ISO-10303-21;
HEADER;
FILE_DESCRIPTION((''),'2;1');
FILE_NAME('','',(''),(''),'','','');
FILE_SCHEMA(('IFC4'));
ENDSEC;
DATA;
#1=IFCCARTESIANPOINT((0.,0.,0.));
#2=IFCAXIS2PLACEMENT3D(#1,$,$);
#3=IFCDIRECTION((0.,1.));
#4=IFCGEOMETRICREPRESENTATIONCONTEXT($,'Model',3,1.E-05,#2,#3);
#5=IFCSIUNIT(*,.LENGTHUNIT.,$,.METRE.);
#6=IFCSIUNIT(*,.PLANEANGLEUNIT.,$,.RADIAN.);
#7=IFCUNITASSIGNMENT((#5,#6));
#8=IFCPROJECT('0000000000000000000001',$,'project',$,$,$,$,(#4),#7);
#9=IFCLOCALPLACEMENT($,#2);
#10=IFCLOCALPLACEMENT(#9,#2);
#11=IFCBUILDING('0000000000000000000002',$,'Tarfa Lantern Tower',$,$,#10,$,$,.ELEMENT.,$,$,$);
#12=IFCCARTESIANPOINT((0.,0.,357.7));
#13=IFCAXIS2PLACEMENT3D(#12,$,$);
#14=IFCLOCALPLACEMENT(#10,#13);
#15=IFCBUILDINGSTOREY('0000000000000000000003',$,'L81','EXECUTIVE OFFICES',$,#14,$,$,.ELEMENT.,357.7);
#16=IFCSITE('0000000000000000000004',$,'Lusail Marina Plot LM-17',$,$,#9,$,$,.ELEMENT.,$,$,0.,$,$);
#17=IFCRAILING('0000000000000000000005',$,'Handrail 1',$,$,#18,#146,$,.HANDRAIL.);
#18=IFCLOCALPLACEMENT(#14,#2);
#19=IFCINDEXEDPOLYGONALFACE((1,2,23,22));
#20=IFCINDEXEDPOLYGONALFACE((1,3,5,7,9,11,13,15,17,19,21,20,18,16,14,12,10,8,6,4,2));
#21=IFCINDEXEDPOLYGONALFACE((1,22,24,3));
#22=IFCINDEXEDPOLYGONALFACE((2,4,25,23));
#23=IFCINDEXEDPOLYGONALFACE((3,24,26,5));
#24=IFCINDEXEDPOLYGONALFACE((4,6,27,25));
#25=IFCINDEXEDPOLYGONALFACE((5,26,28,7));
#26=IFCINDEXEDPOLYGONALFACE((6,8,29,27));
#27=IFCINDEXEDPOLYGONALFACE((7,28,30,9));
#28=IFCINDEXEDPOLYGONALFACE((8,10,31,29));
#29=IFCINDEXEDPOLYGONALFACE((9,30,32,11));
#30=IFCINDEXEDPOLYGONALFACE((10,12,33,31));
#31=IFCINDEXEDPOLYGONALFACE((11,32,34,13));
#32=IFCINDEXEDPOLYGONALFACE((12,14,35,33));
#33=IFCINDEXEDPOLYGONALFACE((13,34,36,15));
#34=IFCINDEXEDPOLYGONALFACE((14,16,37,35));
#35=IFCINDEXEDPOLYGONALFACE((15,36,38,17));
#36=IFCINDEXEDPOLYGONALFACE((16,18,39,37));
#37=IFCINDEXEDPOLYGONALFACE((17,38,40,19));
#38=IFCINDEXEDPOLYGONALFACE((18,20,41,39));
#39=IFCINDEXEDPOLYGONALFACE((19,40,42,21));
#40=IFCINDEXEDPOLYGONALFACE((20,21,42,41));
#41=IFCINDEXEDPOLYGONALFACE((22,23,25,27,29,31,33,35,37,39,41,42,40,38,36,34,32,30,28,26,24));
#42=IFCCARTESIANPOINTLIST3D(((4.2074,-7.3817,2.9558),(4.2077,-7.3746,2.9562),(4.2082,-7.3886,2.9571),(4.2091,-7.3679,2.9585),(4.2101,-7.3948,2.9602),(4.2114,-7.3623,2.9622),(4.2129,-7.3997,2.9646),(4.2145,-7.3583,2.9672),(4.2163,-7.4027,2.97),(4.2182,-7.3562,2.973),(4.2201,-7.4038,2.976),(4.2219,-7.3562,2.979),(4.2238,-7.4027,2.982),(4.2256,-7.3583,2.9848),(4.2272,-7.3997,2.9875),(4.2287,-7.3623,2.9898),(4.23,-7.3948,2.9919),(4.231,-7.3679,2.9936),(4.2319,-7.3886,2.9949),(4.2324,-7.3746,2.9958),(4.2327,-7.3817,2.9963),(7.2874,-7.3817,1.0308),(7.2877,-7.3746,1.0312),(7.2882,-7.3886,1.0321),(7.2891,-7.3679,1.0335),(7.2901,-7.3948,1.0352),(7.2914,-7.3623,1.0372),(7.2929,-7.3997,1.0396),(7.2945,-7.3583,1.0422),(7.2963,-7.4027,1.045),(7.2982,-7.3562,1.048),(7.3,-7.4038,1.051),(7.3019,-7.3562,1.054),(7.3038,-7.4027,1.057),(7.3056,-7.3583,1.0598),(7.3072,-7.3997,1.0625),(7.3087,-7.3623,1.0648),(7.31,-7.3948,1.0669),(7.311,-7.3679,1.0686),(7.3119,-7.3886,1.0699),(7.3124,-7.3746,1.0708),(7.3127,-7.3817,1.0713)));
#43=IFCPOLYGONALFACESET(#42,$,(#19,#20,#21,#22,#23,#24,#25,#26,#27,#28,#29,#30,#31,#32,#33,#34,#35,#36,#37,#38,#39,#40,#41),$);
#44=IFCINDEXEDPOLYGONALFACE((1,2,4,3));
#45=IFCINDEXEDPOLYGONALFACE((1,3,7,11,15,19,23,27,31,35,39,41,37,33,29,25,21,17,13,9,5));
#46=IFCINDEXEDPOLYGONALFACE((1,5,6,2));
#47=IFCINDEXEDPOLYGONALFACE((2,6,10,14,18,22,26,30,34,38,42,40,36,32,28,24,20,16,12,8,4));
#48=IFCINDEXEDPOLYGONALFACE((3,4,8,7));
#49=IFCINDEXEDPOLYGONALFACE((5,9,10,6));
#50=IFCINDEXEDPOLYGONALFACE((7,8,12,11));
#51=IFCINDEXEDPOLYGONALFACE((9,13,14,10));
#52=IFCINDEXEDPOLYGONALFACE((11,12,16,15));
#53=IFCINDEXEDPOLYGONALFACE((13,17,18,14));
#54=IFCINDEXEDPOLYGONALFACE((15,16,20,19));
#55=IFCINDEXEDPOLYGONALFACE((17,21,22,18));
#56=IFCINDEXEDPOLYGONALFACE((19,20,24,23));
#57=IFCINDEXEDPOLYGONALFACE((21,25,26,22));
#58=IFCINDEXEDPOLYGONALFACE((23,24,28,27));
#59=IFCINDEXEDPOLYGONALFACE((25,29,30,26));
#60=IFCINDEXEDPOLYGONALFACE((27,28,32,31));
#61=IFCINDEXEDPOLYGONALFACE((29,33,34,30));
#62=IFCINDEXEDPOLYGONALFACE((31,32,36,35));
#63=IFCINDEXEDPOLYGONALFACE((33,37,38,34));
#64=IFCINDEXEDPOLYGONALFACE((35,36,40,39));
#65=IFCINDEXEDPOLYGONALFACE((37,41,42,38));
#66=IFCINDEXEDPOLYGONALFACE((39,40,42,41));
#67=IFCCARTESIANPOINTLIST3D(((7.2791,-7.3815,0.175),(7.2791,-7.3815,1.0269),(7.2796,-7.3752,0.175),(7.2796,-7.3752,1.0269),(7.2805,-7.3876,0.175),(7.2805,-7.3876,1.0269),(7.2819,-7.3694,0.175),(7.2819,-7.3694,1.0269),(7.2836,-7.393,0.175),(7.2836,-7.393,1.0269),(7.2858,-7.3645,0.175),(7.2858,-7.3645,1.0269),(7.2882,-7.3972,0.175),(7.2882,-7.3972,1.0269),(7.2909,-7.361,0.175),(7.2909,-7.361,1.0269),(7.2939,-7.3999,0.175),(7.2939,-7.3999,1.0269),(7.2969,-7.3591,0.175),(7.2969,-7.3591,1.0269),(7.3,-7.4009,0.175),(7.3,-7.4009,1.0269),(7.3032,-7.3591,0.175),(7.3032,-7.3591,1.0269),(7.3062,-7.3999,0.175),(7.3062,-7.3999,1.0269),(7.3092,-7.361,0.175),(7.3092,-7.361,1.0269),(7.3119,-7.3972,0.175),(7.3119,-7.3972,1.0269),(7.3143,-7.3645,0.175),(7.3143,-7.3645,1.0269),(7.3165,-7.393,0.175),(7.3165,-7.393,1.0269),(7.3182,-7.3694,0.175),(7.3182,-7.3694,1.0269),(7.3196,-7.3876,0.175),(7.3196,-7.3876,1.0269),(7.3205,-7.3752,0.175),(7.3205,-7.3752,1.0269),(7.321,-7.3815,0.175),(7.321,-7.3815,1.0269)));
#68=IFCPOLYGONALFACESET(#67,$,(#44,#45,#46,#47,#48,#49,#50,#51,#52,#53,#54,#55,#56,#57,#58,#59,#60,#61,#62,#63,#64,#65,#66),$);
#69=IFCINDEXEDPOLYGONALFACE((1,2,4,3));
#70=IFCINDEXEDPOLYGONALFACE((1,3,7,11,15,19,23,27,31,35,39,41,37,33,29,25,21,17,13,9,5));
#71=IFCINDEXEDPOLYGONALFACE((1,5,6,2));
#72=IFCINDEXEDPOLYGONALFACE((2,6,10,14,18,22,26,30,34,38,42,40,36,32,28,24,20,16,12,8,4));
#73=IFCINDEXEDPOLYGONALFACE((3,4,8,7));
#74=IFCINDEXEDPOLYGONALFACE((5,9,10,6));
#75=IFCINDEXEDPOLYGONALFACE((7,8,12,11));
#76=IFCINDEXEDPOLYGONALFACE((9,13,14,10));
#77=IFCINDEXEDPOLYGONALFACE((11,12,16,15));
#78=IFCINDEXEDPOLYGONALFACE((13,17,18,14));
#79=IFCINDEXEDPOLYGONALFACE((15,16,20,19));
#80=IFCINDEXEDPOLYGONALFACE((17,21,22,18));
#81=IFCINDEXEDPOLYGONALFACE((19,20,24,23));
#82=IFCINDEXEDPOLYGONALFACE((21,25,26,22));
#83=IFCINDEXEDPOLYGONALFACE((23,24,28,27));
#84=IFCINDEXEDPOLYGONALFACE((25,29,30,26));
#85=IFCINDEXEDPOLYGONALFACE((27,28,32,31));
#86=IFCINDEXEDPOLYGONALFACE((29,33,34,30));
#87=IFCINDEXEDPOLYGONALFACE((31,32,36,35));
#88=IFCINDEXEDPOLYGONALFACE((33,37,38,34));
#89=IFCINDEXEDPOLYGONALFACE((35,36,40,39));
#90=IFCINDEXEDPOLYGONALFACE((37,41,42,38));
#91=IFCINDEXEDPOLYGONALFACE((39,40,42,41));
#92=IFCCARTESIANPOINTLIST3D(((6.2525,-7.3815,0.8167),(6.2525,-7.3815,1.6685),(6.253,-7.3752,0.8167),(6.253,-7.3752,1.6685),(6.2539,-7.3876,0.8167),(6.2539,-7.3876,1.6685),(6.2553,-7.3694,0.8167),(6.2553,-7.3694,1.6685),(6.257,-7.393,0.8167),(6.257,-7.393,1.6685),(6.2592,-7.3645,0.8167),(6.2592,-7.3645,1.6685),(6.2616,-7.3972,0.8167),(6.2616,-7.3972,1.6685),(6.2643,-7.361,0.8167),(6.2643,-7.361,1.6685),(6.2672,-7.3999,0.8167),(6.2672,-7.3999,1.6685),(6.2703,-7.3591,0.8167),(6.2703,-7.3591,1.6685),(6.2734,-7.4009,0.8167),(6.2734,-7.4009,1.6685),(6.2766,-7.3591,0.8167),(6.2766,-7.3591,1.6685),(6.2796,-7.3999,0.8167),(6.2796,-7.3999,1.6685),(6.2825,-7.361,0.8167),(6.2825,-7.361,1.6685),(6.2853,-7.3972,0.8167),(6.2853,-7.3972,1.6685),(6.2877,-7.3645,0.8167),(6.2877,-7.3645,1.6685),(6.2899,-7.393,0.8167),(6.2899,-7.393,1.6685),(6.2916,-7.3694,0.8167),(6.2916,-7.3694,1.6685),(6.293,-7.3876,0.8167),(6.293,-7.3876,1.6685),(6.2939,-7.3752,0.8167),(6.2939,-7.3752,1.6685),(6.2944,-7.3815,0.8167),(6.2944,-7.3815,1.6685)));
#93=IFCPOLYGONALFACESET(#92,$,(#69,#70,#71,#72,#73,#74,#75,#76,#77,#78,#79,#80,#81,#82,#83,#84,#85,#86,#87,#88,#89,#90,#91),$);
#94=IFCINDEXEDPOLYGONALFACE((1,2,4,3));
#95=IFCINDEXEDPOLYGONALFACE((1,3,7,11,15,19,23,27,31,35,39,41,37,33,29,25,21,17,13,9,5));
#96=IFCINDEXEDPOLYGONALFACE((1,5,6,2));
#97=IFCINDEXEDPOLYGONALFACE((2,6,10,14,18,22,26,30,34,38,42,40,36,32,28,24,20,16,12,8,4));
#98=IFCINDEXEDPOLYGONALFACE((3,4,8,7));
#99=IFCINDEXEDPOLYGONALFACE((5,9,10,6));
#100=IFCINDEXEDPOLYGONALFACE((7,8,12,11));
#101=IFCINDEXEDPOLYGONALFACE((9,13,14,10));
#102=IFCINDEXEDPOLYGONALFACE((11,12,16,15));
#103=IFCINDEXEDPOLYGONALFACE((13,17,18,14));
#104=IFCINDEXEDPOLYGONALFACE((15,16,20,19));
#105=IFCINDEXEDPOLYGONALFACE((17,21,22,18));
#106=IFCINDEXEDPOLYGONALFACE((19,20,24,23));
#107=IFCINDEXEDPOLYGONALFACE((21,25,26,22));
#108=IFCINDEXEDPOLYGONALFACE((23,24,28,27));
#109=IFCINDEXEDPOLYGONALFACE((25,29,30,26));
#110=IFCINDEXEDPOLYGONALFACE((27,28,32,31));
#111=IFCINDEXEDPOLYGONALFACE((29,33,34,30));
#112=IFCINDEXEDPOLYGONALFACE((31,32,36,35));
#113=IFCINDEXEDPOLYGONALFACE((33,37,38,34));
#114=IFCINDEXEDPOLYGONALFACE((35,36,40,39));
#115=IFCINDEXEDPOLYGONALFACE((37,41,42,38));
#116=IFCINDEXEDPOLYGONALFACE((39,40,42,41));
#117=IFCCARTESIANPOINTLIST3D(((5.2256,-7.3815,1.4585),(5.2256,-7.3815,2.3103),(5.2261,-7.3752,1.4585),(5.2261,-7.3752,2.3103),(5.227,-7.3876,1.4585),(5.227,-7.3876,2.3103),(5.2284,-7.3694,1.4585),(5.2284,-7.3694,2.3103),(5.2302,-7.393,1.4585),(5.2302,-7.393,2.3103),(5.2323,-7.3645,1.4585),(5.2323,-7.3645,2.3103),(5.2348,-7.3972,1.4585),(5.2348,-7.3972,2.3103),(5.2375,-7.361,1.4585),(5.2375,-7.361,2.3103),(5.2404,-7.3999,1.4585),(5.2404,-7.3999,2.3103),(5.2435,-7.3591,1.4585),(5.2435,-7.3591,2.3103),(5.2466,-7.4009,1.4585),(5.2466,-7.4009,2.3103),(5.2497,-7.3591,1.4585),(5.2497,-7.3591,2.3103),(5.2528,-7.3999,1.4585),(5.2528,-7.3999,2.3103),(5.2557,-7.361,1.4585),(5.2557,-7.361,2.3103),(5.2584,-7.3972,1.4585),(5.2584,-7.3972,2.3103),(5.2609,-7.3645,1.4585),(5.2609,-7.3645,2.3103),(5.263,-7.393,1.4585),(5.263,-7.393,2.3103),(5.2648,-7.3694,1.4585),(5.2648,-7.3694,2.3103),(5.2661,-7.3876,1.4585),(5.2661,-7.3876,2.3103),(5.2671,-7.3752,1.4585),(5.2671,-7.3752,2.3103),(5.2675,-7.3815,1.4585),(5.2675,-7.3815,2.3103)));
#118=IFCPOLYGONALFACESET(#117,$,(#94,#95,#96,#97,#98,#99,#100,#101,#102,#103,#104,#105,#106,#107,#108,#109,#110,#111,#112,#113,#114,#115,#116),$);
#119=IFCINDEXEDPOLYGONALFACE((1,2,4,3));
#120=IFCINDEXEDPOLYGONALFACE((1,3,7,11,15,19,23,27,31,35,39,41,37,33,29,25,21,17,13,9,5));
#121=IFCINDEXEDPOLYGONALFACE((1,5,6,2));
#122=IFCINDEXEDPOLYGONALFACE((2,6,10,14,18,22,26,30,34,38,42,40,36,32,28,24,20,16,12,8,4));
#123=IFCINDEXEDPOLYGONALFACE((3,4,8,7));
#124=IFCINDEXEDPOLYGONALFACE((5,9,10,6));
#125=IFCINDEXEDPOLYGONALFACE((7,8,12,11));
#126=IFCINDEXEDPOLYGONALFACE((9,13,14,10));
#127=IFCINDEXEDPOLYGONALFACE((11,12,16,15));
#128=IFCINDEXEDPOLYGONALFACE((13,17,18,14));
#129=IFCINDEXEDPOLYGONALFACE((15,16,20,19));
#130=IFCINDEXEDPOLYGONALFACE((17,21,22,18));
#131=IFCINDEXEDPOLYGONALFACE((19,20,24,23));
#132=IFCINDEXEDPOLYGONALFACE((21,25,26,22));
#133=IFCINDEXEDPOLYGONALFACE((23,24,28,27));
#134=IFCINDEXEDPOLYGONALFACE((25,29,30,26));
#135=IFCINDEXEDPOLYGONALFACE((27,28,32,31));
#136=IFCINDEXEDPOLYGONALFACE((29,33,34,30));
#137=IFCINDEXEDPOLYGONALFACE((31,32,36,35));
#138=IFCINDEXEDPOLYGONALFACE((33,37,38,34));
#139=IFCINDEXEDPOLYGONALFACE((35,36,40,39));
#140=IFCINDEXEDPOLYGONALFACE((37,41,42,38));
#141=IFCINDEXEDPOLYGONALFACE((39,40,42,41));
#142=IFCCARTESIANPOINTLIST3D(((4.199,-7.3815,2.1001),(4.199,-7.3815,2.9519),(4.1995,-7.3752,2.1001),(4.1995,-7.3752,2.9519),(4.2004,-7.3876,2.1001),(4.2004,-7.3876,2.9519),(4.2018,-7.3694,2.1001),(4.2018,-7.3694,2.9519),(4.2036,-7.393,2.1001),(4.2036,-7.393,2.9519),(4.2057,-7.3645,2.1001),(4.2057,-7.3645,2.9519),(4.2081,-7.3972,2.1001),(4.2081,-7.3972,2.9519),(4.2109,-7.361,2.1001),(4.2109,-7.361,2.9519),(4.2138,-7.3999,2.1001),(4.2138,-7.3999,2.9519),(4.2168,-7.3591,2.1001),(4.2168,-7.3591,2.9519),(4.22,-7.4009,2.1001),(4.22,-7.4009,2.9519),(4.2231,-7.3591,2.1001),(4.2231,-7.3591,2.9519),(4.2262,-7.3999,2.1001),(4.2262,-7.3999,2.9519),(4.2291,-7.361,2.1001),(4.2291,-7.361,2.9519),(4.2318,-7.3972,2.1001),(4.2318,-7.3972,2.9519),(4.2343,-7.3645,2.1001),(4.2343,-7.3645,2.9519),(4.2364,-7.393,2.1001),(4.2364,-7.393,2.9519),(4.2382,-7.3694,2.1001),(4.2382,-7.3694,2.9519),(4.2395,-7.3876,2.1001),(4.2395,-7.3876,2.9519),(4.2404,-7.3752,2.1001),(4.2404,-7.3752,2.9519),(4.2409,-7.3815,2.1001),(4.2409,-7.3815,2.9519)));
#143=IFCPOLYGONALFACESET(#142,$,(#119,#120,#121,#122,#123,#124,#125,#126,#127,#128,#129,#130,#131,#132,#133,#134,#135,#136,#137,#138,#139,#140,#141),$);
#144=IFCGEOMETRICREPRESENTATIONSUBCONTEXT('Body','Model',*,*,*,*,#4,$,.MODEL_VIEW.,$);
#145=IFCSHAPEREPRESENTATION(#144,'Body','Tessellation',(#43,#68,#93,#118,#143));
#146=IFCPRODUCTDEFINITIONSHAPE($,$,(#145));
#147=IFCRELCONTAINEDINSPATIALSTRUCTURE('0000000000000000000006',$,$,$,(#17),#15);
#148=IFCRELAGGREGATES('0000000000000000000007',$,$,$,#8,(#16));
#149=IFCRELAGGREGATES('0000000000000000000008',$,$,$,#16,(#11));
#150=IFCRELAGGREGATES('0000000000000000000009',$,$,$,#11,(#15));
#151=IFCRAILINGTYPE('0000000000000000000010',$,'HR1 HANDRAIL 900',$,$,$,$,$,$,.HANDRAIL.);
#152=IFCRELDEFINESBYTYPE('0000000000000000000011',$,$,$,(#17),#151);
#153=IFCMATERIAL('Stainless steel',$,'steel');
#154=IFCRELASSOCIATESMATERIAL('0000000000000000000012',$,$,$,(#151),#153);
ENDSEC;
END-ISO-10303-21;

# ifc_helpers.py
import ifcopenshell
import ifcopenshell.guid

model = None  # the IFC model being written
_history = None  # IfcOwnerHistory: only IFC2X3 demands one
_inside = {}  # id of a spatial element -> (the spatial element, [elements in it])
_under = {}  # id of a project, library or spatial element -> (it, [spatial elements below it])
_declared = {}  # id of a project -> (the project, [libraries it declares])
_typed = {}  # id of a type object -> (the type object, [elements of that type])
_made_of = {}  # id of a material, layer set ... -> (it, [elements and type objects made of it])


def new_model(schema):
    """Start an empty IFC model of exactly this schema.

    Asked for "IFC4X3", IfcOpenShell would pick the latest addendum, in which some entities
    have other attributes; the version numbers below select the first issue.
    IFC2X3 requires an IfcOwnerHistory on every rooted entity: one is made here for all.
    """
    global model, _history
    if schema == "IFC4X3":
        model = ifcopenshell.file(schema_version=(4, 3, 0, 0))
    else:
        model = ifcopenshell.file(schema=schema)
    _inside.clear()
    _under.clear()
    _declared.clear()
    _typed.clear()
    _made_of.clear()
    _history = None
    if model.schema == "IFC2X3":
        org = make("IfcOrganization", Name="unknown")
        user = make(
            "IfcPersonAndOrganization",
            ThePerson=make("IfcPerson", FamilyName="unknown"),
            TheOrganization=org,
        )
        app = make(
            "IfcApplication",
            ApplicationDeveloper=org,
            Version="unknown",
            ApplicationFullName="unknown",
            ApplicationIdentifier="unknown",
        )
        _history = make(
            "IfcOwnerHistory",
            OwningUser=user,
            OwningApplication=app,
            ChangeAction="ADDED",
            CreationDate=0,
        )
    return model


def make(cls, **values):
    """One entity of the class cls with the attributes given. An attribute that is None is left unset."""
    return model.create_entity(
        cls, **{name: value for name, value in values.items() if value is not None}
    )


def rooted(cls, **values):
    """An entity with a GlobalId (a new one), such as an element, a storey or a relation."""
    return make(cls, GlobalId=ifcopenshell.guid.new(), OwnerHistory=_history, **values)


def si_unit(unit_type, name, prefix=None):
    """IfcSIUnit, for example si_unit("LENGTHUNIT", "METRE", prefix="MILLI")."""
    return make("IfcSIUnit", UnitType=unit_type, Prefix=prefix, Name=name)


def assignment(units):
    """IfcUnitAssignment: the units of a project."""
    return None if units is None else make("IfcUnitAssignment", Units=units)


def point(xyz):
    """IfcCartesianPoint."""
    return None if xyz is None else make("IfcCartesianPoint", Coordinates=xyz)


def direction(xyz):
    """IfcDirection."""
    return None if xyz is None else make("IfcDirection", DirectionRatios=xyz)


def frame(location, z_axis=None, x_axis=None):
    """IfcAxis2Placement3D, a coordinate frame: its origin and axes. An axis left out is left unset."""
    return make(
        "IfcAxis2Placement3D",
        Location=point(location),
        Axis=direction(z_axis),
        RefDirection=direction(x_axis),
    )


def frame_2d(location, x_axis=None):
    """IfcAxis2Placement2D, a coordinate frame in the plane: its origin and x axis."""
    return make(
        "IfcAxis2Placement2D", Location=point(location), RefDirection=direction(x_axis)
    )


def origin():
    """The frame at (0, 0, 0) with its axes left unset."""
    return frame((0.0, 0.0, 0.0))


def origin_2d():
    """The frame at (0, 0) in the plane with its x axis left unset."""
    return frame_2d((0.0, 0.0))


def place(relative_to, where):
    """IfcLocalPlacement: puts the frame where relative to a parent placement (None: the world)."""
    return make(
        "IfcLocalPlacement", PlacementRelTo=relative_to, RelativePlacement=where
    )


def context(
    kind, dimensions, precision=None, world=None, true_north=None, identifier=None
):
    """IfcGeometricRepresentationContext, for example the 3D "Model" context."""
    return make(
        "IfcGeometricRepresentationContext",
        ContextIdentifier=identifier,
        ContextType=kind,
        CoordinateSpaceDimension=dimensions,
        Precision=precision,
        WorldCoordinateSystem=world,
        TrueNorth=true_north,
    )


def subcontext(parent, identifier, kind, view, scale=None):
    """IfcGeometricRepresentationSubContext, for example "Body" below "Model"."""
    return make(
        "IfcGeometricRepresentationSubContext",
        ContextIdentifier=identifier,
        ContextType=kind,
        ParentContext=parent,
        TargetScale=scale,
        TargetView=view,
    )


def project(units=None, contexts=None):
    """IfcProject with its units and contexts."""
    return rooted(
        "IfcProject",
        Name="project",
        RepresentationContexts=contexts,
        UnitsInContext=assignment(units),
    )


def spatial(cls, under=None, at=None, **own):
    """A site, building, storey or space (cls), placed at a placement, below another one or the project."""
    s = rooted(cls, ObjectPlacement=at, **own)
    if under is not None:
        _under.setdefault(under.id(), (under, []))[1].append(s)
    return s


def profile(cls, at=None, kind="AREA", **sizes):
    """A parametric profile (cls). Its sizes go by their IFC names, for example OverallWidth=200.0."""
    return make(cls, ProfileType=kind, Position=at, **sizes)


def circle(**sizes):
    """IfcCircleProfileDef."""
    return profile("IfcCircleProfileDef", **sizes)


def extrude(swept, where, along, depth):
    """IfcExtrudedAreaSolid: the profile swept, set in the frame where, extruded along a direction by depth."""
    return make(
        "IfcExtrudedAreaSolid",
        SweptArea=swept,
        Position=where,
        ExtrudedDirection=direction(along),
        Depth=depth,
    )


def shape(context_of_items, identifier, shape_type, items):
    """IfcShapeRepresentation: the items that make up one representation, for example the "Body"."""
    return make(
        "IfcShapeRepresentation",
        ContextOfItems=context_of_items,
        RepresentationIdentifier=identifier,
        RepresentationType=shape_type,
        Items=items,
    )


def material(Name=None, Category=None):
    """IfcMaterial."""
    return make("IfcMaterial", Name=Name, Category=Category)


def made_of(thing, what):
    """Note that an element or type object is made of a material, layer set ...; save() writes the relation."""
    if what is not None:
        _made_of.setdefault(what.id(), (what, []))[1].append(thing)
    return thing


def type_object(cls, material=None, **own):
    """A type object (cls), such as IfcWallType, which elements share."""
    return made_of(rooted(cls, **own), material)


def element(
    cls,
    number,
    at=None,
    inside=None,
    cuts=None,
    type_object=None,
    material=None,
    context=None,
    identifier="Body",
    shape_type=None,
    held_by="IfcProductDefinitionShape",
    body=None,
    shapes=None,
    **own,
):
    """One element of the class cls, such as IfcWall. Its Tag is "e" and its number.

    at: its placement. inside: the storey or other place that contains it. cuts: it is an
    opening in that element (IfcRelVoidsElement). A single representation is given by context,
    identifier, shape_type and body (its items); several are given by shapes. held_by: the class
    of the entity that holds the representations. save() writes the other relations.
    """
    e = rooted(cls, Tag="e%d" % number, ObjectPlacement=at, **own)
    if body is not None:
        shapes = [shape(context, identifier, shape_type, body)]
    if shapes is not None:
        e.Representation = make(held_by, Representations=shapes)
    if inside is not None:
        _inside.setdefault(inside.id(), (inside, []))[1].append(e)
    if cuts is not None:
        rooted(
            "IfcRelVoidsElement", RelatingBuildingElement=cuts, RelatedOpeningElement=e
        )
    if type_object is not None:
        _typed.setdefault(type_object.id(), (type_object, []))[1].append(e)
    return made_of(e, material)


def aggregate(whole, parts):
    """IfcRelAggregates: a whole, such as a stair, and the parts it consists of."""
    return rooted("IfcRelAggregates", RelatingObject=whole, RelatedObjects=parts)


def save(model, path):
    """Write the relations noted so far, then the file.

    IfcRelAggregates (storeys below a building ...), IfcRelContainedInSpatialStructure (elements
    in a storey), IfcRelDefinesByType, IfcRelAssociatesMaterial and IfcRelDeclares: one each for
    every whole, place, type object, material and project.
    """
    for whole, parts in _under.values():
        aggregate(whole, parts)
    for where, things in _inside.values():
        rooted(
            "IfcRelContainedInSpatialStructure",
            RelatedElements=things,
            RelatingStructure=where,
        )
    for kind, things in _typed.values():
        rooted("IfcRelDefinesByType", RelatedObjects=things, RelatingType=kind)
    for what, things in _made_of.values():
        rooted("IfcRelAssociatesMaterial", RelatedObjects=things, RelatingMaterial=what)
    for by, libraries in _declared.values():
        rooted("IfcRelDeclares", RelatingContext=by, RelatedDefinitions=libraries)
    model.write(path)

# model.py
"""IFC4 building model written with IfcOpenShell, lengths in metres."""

from ifc_helpers import new_model, si_unit, direction, frame, origin, origin_2d, place, context, subcontext, project, spatial, circle, extrude, material, type_object, element, save


model = new_model("IFC4")

# Units and contexts
model_context = context("Model", 3, precision=1e-05, world=origin(), true_north=direction((0.0, 1.0)))
body_context = subcontext(model_context, "Body", "Model", "MODEL_VIEW")
ifc_project = project(units=[si_unit("LENGTHUNIT", "METRE"), si_unit("PLANEANGLEUNIT", "RADIAN")], contexts=[model_context])

# Site, building, storey
site_placement = place(None, origin())
site = spatial("IfcSite", under=ifc_project, at=site_placement, Name="Lusail Marina Plot LM-17", CompositionType="ELEMENT", RefElevation=0.0)
building_placement = place(site_placement, origin())
building = spatial("IfcBuilding", under=site, at=building_placement, Name="Tarfa Lantern Tower", CompositionType="ELEMENT")
storey_placement = place(building_placement, frame((0.0, 0.0, 357.7)))
storey = spatial("IfcBuildingStorey", under=building, at=storey_placement, Name="L81", Description="EXECUTIVE OFFICES", CompositionType="ELEMENT", Elevation=357.7)

# Railing
ifc_material_1 = material(Name="Stainless steel", Category="steel")
railing_type = type_object("IfcRailingType", Name="HR1 HANDRAIL 900", PredefinedType="HANDRAIL", material=ifc_material_1)
railing_1_placement = place(storey_placement, frame((7.3, -7.3799, 0.175)))
element("IfcRailing", 1, at=railing_1_placement, inside=storey, type_object=railing_type, Name="Handrail 1", PredefinedType="HANDRAIL", context=body_context, shape_type="SweptSolid", body=[
    extrude(circle(Radius=0.0239, at=origin_2d()), frame((0.0, 0.0, 0.876), z_axis=(-0.847998, 0.0, 0.529999), x_axis=(0.0, -1.0, 0.0)), (0.0, 0.0, 1.0), 3.6321),
    extrude(circle(Radius=0.021, at=origin_2d()), frame((0.0, 0.0, 0.0), z_axis=(0.0, 0.0, 1.0), x_axis=(0.0, -1.0, 0.0)), (0.0, 0.0, 1.0), 0.8518),
    extrude(circle(Radius=0.021, at=origin_2d()), frame((-1.0266, 0.0, 0.6416), z_axis=(0.0, 0.0, 1.0), x_axis=(0.0, -1.0, 0.0)), (0.0, 0.0, 1.0), 0.8518),
    extrude(circle(Radius=0.021, at=origin_2d()), frame((-2.0535, 0.0, 1.2834), z_axis=(0.0, 0.0, 1.0), x_axis=(0.0, -1.0, 0.0)), (0.0, 0.0, 1.0), 0.8518),
    extrude(circle(Radius=0.021, at=origin_2d()), frame((-3.0801, 0.0, 1.925), z_axis=(0.0, 0.0, 1.0), x_axis=(0.0, -1.0, 0.0)), (0.0, 0.0, 1.0), 0.8518),
])

save(model, "model.ifc")
